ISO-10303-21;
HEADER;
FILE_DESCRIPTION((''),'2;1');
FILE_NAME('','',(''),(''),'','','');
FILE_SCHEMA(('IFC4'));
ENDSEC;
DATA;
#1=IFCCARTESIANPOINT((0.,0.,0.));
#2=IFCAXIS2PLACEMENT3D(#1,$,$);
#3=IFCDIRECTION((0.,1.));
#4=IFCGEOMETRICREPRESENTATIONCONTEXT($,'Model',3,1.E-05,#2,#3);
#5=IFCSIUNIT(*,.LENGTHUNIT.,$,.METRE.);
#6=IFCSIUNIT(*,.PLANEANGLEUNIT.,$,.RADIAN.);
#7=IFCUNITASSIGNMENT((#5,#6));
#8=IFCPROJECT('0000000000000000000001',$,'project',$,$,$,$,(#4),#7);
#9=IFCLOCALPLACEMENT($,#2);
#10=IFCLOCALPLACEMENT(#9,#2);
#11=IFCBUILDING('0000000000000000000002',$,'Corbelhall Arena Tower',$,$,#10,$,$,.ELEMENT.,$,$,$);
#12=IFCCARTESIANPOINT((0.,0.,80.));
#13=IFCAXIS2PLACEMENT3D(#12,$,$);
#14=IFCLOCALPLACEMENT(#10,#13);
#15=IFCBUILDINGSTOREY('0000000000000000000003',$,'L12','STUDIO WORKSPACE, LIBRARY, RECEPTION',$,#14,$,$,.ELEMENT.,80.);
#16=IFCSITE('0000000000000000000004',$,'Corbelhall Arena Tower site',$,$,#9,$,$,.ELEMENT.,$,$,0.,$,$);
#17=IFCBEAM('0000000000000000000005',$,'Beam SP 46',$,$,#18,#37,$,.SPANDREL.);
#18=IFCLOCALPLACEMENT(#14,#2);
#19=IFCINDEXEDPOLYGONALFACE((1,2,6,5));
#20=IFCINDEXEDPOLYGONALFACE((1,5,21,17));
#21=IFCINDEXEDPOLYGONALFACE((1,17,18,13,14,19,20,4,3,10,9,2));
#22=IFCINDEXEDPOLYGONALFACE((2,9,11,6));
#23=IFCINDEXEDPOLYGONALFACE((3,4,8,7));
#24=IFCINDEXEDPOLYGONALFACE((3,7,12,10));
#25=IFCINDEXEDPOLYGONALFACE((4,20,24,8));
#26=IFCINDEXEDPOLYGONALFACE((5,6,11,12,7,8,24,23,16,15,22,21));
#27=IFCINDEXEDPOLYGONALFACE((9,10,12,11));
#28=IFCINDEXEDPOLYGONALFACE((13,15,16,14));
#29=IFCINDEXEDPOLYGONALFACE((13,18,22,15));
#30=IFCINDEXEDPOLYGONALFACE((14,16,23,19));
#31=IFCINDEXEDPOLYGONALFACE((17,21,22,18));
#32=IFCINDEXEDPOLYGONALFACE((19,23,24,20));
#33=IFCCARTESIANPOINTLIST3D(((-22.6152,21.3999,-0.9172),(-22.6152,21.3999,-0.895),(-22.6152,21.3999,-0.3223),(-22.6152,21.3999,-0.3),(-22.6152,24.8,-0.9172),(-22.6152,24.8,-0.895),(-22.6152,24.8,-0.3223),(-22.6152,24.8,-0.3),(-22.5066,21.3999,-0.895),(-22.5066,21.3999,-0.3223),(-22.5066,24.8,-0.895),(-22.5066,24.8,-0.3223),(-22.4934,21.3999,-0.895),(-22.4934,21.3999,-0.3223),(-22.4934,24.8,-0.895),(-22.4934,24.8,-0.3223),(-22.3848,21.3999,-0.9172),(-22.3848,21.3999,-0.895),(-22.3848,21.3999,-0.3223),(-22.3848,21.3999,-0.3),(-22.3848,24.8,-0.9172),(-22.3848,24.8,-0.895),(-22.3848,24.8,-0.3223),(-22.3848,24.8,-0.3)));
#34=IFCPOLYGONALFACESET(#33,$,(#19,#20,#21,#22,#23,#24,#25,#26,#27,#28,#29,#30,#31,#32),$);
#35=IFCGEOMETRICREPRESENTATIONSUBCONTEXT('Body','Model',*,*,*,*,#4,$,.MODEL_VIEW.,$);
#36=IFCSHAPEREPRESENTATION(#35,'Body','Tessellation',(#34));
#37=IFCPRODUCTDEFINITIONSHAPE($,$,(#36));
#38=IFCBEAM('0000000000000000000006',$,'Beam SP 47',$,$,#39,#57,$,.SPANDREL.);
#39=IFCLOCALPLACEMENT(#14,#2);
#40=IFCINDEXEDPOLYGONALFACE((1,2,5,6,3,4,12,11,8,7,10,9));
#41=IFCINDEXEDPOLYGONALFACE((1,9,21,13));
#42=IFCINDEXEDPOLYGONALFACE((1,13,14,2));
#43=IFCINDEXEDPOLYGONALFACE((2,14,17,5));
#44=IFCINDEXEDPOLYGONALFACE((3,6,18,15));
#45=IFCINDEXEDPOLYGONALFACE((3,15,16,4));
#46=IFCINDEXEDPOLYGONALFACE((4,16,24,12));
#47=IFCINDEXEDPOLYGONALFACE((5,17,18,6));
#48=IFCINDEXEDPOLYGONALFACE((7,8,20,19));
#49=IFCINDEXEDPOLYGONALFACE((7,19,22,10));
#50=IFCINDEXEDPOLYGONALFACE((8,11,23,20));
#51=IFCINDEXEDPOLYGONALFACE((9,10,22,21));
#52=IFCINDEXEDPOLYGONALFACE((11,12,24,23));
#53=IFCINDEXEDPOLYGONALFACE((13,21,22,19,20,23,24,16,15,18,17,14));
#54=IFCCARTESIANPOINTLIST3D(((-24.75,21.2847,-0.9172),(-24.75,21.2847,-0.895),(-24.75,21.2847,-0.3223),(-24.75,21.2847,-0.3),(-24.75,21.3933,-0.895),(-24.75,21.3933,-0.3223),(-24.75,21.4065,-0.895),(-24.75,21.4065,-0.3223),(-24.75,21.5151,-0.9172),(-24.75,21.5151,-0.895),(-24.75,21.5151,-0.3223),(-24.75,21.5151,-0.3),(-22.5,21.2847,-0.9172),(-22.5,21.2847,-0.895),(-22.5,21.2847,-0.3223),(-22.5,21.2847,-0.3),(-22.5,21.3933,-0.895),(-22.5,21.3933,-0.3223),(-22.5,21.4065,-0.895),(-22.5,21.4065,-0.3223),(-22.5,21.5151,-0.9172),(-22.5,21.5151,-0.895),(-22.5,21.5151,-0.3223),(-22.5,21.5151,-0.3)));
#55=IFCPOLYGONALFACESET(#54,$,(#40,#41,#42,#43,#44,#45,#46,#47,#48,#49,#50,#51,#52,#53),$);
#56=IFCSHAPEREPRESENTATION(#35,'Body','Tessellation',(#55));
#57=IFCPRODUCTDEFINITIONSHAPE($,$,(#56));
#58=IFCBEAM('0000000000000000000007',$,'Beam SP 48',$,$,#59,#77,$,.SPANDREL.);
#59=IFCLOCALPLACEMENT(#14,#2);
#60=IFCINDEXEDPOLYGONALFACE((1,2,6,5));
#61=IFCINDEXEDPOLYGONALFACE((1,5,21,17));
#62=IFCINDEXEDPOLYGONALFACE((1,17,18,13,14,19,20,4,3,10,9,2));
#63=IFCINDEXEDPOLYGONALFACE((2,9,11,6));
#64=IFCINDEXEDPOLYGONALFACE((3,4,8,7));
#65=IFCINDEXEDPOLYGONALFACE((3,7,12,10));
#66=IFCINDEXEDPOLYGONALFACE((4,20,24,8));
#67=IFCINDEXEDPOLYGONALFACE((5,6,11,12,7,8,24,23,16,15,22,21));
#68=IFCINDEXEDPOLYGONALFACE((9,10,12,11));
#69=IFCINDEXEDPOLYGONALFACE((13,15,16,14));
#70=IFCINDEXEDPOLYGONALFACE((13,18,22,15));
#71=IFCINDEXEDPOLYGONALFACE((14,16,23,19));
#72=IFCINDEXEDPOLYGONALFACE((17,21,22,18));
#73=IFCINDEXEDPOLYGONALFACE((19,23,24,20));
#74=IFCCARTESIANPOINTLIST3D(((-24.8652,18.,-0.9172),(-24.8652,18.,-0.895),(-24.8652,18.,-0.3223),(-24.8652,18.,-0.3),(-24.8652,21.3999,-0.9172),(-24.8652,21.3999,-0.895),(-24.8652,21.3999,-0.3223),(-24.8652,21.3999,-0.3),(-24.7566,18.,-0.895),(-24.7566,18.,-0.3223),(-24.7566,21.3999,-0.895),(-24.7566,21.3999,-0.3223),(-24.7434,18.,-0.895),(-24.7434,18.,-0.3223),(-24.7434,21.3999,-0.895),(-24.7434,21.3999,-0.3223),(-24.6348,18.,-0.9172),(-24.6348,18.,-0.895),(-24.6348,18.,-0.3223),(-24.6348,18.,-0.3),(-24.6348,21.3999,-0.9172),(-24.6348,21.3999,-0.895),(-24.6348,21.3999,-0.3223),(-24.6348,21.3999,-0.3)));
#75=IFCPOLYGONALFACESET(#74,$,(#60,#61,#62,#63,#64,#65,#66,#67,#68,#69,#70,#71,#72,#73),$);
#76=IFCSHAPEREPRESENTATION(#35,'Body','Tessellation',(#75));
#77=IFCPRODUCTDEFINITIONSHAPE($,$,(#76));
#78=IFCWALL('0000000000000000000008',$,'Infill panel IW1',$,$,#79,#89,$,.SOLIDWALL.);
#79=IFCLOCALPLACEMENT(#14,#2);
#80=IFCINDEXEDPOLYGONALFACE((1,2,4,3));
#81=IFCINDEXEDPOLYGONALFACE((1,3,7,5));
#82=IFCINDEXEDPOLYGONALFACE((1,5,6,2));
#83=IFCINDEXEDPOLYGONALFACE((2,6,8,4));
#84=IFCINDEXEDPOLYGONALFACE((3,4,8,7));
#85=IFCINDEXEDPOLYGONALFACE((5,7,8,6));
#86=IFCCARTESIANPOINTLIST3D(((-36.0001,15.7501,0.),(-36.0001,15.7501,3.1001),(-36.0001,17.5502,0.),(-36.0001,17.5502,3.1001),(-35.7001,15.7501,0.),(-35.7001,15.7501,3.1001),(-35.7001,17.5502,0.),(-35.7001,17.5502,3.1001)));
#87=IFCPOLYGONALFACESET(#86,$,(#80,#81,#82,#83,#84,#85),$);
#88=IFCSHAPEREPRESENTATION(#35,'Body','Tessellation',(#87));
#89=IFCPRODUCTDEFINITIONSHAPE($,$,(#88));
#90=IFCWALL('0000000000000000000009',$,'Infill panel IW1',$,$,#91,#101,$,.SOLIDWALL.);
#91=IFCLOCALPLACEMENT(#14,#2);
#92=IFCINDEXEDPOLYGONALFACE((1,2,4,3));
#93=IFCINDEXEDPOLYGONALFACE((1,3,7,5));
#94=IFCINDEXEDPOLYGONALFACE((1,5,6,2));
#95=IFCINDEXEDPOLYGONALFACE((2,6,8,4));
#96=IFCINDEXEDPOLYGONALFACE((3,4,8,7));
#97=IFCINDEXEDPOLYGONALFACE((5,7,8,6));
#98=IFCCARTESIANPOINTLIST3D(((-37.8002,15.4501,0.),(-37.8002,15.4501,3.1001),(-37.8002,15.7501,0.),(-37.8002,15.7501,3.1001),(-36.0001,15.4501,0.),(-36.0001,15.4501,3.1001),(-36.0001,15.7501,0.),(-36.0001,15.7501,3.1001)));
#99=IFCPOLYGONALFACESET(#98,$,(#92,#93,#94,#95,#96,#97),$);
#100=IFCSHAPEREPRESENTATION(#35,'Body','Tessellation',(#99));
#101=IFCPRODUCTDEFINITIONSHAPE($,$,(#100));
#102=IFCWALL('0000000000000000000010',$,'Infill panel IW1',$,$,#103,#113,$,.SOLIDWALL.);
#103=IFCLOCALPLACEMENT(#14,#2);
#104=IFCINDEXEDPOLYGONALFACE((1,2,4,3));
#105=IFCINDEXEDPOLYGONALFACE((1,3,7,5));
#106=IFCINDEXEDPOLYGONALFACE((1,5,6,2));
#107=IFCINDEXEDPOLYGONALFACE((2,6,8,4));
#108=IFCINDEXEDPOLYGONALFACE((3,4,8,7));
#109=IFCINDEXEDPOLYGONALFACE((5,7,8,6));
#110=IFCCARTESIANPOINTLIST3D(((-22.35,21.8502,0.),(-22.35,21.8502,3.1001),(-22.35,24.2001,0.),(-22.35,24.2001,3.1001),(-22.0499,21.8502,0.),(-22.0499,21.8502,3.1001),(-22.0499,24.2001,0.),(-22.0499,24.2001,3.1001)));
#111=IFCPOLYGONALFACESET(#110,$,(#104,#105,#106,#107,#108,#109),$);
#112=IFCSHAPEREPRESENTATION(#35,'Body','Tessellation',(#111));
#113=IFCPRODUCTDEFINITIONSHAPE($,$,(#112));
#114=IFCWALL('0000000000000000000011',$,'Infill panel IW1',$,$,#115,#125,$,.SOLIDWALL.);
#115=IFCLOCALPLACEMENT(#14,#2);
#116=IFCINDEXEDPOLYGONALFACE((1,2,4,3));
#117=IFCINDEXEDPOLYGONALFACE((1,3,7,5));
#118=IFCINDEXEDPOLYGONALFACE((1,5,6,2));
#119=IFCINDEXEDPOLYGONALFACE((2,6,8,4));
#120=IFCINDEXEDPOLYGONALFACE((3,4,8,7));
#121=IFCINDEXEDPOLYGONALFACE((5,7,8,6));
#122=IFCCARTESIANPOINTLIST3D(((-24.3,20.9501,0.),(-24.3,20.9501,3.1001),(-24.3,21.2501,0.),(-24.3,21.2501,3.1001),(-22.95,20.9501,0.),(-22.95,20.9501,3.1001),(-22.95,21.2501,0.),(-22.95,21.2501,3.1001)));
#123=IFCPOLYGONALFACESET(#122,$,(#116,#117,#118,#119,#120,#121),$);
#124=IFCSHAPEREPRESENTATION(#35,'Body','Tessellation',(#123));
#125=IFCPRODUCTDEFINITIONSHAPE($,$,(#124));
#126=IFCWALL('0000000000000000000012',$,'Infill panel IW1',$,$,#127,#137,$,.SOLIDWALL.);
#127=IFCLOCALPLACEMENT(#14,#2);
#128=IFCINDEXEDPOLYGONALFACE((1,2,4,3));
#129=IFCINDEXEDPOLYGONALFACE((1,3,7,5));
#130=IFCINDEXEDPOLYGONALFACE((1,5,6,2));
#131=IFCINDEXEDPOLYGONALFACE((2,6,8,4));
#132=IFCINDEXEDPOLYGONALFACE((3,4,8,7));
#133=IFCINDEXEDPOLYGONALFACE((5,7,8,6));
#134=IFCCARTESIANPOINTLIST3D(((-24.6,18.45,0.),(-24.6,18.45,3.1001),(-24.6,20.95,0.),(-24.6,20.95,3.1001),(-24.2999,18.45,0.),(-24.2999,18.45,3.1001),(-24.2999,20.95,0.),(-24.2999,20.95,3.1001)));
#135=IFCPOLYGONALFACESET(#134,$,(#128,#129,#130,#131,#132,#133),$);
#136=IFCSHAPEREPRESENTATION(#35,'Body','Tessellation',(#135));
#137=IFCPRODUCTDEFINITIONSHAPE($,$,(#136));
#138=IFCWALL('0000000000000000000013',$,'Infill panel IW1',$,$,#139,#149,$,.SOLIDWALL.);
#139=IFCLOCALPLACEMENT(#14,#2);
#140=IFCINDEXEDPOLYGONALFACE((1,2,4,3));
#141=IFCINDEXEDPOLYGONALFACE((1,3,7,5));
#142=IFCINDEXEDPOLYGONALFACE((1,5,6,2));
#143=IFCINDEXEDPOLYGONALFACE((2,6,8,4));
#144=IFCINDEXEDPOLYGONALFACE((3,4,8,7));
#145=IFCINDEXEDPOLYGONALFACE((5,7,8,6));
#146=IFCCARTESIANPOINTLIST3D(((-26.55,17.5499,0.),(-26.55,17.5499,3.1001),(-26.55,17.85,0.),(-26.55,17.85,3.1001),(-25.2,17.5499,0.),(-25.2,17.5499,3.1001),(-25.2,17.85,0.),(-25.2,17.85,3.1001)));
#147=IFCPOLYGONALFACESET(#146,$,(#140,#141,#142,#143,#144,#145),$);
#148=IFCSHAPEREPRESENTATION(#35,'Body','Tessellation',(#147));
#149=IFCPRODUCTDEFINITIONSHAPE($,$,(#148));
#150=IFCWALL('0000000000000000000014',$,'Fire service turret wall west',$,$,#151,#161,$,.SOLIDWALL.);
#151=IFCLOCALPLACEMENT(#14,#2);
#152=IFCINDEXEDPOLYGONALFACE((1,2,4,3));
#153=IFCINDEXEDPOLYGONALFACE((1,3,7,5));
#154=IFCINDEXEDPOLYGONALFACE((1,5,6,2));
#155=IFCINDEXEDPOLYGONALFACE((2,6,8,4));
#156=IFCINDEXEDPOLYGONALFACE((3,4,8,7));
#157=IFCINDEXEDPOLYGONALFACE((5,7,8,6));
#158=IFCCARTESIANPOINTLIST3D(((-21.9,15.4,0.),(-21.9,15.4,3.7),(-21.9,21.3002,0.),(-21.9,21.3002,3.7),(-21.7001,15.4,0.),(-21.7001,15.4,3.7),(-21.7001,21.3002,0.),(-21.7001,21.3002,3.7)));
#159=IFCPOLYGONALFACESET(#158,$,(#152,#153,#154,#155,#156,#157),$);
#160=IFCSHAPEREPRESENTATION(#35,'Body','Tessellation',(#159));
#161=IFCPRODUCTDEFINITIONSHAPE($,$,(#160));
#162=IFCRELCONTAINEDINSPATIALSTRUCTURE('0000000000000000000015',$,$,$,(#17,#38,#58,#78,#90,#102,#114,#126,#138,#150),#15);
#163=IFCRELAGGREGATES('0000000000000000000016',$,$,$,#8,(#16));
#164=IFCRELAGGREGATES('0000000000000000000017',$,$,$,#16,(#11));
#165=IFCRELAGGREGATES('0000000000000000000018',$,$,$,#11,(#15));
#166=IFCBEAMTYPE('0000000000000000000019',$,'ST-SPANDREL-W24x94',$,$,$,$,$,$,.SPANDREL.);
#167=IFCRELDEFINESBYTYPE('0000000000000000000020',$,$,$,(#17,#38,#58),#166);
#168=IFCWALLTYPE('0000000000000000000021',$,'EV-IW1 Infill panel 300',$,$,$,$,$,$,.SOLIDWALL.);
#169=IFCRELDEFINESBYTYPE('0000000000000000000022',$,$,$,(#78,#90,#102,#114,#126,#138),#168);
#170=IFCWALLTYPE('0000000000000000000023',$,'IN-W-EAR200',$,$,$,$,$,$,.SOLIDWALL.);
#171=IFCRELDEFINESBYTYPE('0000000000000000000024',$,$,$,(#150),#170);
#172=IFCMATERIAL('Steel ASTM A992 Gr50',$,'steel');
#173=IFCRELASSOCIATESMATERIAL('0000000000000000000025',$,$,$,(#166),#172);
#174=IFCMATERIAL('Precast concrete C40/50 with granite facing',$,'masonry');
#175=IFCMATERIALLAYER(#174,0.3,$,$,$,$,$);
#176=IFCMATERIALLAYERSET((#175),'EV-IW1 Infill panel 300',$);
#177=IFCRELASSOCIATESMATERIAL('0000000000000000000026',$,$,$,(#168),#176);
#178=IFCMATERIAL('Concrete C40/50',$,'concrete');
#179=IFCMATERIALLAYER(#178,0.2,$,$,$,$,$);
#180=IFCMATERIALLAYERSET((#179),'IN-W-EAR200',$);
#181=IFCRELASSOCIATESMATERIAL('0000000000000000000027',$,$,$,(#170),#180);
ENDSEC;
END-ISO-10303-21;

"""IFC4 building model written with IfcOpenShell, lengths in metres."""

from ifc_helpers import new_model, si_unit, direction, frame, frame_2d, origin, origin_2d, place, context, subcontext, project, spatial, rectangle, i_section, extrude, material, layer, layer_set, material_profile, profile_set, type_object, element, save


model = new_model("IFC4")

# Units and contexts
model_context = context("Model", 3, precision=1e-05, world=origin(), true_north=direction((0.0, 1.0)))
body_context = subcontext(model_context, "Body", "Model", "MODEL_VIEW")
ifc_project = project(units=[si_unit("LENGTHUNIT", "METRE"), si_unit("PLANEANGLEUNIT", "RADIAN")], contexts=[model_context])

# Site, building, storey
site_placement = place(None, origin())
site = spatial("IfcSite", under=ifc_project, at=site_placement, Name="Corbelhall Arena Tower site", CompositionType="ELEMENT", RefElevation=0.0)
building_placement = place(site_placement, origin())
building = spatial("IfcBuilding", under=site, at=building_placement, Name="Corbelhall Arena Tower", CompositionType="ELEMENT")
storey_placement = place(building_placement, frame((0.0, 0.0, 80.0)))
storey = spatial("IfcBuildingStorey", under=building, at=storey_placement, Name="L12", Description="STUDIO WORKSPACE, LIBRARY, RECEPTION", CompositionType="ELEMENT", Elevation=80.0)

# Beams
ifc_material_1 = material(Name="Steel ASTM A992 Gr50", Category="steel")
ifc_material_profile_1 = material_profile(ifc_material_1, i_section(OverallWidth=0.2305, OverallDepth=0.6172, WebThickness=0.0132, FlangeThickness=0.0222, at=origin_2d()))
ifc_profile_set_1 = profile_set([ifc_material_profile_1], Name="Steel ASTM A992 Gr50")
beam_type = type_object("IfcBeamType", Name="ST-SPANDREL-W24x94", PredefinedType="SPANDREL", material=ifc_profile_set_1)
beam_1_placement = place(storey_placement, frame((-22.5, 21.3999, -0.6086), z_axis=(0.0, 1.0, 0.0), x_axis=(-1.0, 0.0, 0.0)))
element("IfcBeam", 1, at=beam_1_placement, inside=storey, type_object=beam_type, Name="Beam SP 46", PredefinedType="SPANDREL", context=body_context, shape_type="SweptSolid", body=[
    extrude(i_section(OverallWidth=0.2305, OverallDepth=0.6172, WebThickness=0.0132, FlangeThickness=0.0222, at=origin_2d()), origin(), (0.0, 0.0, 1.0), 3.4001),
])
beam_2_placement = place(storey_placement, frame((-24.75, 21.3999, -0.6086), z_axis=(1.0, 0.0, 0.0), x_axis=(0.0, 1.0, 0.0)))
element("IfcBeam", 2, at=beam_2_placement, inside=storey, type_object=beam_type, Name="Beam SP 47", PredefinedType="SPANDREL", context=body_context, shape_type="SweptSolid", body=[
    extrude(i_section(OverallWidth=0.2305, OverallDepth=0.6172, WebThickness=0.0132, FlangeThickness=0.0222, at=origin_2d()), origin(), (0.0, 0.0, 1.0), 2.25),
])
beam_3_placement = place(storey_placement, frame((-24.75, 18.0, -0.6086), z_axis=(0.0, 1.0, 0.0), x_axis=(-1.0, 0.0, 0.0)))
element("IfcBeam", 3, at=beam_3_placement, inside=storey, type_object=beam_type, Name="Beam SP 48", PredefinedType="SPANDREL", context=body_context, shape_type="SweptSolid", body=[
    extrude(i_section(OverallWidth=0.2305, OverallDepth=0.6172, WebThickness=0.0132, FlangeThickness=0.0222, at=origin_2d()), origin(), (0.0, 0.0, 1.0), 3.3999),
])

# Walls
ifc_material_2 = material(Name="Precast concrete C40/50 with granite facing", Category="masonry")
ifc_layer_1 = layer(ifc_material_2, 0.3)
ifc_layer_set_1 = layer_set([ifc_layer_1], Name="EV-IW1 Infill panel 300")
wall_type_1 = type_object("IfcWallType", Name="EV-IW1 Infill panel 300", PredefinedType="SOLIDWALL", material=ifc_layer_set_1)
for number, where, z_axis, x_axis, name in (
    (4, (-35.8501, 17.55, 0.0), (0.0, 0.0, 1.0), (0.0, -1.0, 0.0), "Infill panel IW1"),
    (5, (-37.8, 15.6001, 0.0), (0.0, 0.0, 1.0), (1.0, 0.0, 0.0), "Infill panel IW1"),
):
    element("IfcWall", number, at=place(storey_placement, frame(where, z_axis=z_axis, x_axis=x_axis)), inside=storey, type_object=wall_type_1, Name=name, PredefinedType="SOLIDWALL", context=body_context, shape_type="SweptSolid", body=[
        extrude(rectangle(XDim=1.8, YDim=0.3, at=frame_2d((0.8999, 0.0))), origin(), (0.0, 0.0, 1.0), 3.1001),
    ])
wall_1_placement = place(storey_placement, frame((-22.2, 24.2, 0.0), z_axis=(0.0, 0.0, 1.0), x_axis=(0.0, -1.0, 0.0)))
element("IfcWall", 6, at=wall_1_placement, inside=storey, type_object=wall_type_1, Name="Infill panel IW1", PredefinedType="SOLIDWALL", context=body_context, shape_type="SweptSolid", body=[
    extrude(rectangle(XDim=2.3499, YDim=0.3, at=frame_2d((1.1748, 0.0))), origin(), (0.0, 0.0, 1.0), 3.1001),
])
wall_2_placement = place(storey_placement, frame((-22.95, 21.1001, 0.0), z_axis=(0.0, 0.0, 1.0), x_axis=(-1.0, 0.0, 0.0)))
element("IfcWall", 7, at=wall_2_placement, inside=storey, type_object=wall_type_1, Name="Infill panel IW1", PredefinedType="SOLIDWALL", context=body_context, shape_type="SweptSolid", body=[
    extrude(rectangle(XDim=1.3501, YDim=0.3, at=frame_2d((0.675, 0.0))), origin(), (0.0, 0.0, 1.0), 3.1001),
])
wall_3_placement = place(storey_placement, frame((-24.45, 20.95, 0.0), z_axis=(0.0, 0.0, 1.0), x_axis=(0.0, -1.0, 0.0)))
element("IfcWall", 8, at=wall_3_placement, inside=storey, type_object=wall_type_1, Name="Infill panel IW1", PredefinedType="SOLIDWALL", context=body_context, shape_type="SweptSolid", body=[
    extrude(rectangle(XDim=2.5, YDim=0.3, at=frame_2d((1.25, 0.0))), origin(), (0.0, 0.0, 1.0), 3.1001),
])
wall_4_placement = place(storey_placement, frame((-25.2, 17.7, 0.0), z_axis=(0.0, 0.0, 1.0), x_axis=(-1.0, 0.0, 0.0)))
element("IfcWall", 9, at=wall_4_placement, inside=storey, type_object=wall_type_1, Name="Infill panel IW1", PredefinedType="SOLIDWALL", context=body_context, shape_type="SweptSolid", body=[
    extrude(rectangle(XDim=1.3501, YDim=0.3, at=frame_2d((0.675, 0.0))), origin(), (0.0, 0.0, 1.0), 3.1001),
])

# Shared definitions
ifc_material_3 = material(Name="Concrete C40/50", Category="concrete")
ifc_layer_2 = layer(ifc_material_3, 0.2)
ifc_layer_set_2 = layer_set([ifc_layer_2], Name="IN-W-EAR200")
wall_type_2 = type_object("IfcWallType", Name="IN-W-EAR200", PredefinedType="SOLIDWALL", material=ifc_layer_set_2)

# Wall
wall_5_placement = place(storey_placement, frame((-21.8, 15.3999, 0.0), z_axis=(0.0, 0.0, 1.0), x_axis=(0.0, 1.0, 0.0)))
element("IfcWall", 10, at=wall_5_placement, inside=storey, type_object=wall_type_2, Name="Fire service turret wall west", PredefinedType="SOLIDWALL", context=body_context, shape_type="SweptSolid", body=[
    extrude(rectangle(XDim=5.9001, YDim=0.2, at=frame_2d((2.9502, 0.0))), origin(), (0.0, 0.0, 1.0), 3.7),
])

save(model, "model.ifc")
